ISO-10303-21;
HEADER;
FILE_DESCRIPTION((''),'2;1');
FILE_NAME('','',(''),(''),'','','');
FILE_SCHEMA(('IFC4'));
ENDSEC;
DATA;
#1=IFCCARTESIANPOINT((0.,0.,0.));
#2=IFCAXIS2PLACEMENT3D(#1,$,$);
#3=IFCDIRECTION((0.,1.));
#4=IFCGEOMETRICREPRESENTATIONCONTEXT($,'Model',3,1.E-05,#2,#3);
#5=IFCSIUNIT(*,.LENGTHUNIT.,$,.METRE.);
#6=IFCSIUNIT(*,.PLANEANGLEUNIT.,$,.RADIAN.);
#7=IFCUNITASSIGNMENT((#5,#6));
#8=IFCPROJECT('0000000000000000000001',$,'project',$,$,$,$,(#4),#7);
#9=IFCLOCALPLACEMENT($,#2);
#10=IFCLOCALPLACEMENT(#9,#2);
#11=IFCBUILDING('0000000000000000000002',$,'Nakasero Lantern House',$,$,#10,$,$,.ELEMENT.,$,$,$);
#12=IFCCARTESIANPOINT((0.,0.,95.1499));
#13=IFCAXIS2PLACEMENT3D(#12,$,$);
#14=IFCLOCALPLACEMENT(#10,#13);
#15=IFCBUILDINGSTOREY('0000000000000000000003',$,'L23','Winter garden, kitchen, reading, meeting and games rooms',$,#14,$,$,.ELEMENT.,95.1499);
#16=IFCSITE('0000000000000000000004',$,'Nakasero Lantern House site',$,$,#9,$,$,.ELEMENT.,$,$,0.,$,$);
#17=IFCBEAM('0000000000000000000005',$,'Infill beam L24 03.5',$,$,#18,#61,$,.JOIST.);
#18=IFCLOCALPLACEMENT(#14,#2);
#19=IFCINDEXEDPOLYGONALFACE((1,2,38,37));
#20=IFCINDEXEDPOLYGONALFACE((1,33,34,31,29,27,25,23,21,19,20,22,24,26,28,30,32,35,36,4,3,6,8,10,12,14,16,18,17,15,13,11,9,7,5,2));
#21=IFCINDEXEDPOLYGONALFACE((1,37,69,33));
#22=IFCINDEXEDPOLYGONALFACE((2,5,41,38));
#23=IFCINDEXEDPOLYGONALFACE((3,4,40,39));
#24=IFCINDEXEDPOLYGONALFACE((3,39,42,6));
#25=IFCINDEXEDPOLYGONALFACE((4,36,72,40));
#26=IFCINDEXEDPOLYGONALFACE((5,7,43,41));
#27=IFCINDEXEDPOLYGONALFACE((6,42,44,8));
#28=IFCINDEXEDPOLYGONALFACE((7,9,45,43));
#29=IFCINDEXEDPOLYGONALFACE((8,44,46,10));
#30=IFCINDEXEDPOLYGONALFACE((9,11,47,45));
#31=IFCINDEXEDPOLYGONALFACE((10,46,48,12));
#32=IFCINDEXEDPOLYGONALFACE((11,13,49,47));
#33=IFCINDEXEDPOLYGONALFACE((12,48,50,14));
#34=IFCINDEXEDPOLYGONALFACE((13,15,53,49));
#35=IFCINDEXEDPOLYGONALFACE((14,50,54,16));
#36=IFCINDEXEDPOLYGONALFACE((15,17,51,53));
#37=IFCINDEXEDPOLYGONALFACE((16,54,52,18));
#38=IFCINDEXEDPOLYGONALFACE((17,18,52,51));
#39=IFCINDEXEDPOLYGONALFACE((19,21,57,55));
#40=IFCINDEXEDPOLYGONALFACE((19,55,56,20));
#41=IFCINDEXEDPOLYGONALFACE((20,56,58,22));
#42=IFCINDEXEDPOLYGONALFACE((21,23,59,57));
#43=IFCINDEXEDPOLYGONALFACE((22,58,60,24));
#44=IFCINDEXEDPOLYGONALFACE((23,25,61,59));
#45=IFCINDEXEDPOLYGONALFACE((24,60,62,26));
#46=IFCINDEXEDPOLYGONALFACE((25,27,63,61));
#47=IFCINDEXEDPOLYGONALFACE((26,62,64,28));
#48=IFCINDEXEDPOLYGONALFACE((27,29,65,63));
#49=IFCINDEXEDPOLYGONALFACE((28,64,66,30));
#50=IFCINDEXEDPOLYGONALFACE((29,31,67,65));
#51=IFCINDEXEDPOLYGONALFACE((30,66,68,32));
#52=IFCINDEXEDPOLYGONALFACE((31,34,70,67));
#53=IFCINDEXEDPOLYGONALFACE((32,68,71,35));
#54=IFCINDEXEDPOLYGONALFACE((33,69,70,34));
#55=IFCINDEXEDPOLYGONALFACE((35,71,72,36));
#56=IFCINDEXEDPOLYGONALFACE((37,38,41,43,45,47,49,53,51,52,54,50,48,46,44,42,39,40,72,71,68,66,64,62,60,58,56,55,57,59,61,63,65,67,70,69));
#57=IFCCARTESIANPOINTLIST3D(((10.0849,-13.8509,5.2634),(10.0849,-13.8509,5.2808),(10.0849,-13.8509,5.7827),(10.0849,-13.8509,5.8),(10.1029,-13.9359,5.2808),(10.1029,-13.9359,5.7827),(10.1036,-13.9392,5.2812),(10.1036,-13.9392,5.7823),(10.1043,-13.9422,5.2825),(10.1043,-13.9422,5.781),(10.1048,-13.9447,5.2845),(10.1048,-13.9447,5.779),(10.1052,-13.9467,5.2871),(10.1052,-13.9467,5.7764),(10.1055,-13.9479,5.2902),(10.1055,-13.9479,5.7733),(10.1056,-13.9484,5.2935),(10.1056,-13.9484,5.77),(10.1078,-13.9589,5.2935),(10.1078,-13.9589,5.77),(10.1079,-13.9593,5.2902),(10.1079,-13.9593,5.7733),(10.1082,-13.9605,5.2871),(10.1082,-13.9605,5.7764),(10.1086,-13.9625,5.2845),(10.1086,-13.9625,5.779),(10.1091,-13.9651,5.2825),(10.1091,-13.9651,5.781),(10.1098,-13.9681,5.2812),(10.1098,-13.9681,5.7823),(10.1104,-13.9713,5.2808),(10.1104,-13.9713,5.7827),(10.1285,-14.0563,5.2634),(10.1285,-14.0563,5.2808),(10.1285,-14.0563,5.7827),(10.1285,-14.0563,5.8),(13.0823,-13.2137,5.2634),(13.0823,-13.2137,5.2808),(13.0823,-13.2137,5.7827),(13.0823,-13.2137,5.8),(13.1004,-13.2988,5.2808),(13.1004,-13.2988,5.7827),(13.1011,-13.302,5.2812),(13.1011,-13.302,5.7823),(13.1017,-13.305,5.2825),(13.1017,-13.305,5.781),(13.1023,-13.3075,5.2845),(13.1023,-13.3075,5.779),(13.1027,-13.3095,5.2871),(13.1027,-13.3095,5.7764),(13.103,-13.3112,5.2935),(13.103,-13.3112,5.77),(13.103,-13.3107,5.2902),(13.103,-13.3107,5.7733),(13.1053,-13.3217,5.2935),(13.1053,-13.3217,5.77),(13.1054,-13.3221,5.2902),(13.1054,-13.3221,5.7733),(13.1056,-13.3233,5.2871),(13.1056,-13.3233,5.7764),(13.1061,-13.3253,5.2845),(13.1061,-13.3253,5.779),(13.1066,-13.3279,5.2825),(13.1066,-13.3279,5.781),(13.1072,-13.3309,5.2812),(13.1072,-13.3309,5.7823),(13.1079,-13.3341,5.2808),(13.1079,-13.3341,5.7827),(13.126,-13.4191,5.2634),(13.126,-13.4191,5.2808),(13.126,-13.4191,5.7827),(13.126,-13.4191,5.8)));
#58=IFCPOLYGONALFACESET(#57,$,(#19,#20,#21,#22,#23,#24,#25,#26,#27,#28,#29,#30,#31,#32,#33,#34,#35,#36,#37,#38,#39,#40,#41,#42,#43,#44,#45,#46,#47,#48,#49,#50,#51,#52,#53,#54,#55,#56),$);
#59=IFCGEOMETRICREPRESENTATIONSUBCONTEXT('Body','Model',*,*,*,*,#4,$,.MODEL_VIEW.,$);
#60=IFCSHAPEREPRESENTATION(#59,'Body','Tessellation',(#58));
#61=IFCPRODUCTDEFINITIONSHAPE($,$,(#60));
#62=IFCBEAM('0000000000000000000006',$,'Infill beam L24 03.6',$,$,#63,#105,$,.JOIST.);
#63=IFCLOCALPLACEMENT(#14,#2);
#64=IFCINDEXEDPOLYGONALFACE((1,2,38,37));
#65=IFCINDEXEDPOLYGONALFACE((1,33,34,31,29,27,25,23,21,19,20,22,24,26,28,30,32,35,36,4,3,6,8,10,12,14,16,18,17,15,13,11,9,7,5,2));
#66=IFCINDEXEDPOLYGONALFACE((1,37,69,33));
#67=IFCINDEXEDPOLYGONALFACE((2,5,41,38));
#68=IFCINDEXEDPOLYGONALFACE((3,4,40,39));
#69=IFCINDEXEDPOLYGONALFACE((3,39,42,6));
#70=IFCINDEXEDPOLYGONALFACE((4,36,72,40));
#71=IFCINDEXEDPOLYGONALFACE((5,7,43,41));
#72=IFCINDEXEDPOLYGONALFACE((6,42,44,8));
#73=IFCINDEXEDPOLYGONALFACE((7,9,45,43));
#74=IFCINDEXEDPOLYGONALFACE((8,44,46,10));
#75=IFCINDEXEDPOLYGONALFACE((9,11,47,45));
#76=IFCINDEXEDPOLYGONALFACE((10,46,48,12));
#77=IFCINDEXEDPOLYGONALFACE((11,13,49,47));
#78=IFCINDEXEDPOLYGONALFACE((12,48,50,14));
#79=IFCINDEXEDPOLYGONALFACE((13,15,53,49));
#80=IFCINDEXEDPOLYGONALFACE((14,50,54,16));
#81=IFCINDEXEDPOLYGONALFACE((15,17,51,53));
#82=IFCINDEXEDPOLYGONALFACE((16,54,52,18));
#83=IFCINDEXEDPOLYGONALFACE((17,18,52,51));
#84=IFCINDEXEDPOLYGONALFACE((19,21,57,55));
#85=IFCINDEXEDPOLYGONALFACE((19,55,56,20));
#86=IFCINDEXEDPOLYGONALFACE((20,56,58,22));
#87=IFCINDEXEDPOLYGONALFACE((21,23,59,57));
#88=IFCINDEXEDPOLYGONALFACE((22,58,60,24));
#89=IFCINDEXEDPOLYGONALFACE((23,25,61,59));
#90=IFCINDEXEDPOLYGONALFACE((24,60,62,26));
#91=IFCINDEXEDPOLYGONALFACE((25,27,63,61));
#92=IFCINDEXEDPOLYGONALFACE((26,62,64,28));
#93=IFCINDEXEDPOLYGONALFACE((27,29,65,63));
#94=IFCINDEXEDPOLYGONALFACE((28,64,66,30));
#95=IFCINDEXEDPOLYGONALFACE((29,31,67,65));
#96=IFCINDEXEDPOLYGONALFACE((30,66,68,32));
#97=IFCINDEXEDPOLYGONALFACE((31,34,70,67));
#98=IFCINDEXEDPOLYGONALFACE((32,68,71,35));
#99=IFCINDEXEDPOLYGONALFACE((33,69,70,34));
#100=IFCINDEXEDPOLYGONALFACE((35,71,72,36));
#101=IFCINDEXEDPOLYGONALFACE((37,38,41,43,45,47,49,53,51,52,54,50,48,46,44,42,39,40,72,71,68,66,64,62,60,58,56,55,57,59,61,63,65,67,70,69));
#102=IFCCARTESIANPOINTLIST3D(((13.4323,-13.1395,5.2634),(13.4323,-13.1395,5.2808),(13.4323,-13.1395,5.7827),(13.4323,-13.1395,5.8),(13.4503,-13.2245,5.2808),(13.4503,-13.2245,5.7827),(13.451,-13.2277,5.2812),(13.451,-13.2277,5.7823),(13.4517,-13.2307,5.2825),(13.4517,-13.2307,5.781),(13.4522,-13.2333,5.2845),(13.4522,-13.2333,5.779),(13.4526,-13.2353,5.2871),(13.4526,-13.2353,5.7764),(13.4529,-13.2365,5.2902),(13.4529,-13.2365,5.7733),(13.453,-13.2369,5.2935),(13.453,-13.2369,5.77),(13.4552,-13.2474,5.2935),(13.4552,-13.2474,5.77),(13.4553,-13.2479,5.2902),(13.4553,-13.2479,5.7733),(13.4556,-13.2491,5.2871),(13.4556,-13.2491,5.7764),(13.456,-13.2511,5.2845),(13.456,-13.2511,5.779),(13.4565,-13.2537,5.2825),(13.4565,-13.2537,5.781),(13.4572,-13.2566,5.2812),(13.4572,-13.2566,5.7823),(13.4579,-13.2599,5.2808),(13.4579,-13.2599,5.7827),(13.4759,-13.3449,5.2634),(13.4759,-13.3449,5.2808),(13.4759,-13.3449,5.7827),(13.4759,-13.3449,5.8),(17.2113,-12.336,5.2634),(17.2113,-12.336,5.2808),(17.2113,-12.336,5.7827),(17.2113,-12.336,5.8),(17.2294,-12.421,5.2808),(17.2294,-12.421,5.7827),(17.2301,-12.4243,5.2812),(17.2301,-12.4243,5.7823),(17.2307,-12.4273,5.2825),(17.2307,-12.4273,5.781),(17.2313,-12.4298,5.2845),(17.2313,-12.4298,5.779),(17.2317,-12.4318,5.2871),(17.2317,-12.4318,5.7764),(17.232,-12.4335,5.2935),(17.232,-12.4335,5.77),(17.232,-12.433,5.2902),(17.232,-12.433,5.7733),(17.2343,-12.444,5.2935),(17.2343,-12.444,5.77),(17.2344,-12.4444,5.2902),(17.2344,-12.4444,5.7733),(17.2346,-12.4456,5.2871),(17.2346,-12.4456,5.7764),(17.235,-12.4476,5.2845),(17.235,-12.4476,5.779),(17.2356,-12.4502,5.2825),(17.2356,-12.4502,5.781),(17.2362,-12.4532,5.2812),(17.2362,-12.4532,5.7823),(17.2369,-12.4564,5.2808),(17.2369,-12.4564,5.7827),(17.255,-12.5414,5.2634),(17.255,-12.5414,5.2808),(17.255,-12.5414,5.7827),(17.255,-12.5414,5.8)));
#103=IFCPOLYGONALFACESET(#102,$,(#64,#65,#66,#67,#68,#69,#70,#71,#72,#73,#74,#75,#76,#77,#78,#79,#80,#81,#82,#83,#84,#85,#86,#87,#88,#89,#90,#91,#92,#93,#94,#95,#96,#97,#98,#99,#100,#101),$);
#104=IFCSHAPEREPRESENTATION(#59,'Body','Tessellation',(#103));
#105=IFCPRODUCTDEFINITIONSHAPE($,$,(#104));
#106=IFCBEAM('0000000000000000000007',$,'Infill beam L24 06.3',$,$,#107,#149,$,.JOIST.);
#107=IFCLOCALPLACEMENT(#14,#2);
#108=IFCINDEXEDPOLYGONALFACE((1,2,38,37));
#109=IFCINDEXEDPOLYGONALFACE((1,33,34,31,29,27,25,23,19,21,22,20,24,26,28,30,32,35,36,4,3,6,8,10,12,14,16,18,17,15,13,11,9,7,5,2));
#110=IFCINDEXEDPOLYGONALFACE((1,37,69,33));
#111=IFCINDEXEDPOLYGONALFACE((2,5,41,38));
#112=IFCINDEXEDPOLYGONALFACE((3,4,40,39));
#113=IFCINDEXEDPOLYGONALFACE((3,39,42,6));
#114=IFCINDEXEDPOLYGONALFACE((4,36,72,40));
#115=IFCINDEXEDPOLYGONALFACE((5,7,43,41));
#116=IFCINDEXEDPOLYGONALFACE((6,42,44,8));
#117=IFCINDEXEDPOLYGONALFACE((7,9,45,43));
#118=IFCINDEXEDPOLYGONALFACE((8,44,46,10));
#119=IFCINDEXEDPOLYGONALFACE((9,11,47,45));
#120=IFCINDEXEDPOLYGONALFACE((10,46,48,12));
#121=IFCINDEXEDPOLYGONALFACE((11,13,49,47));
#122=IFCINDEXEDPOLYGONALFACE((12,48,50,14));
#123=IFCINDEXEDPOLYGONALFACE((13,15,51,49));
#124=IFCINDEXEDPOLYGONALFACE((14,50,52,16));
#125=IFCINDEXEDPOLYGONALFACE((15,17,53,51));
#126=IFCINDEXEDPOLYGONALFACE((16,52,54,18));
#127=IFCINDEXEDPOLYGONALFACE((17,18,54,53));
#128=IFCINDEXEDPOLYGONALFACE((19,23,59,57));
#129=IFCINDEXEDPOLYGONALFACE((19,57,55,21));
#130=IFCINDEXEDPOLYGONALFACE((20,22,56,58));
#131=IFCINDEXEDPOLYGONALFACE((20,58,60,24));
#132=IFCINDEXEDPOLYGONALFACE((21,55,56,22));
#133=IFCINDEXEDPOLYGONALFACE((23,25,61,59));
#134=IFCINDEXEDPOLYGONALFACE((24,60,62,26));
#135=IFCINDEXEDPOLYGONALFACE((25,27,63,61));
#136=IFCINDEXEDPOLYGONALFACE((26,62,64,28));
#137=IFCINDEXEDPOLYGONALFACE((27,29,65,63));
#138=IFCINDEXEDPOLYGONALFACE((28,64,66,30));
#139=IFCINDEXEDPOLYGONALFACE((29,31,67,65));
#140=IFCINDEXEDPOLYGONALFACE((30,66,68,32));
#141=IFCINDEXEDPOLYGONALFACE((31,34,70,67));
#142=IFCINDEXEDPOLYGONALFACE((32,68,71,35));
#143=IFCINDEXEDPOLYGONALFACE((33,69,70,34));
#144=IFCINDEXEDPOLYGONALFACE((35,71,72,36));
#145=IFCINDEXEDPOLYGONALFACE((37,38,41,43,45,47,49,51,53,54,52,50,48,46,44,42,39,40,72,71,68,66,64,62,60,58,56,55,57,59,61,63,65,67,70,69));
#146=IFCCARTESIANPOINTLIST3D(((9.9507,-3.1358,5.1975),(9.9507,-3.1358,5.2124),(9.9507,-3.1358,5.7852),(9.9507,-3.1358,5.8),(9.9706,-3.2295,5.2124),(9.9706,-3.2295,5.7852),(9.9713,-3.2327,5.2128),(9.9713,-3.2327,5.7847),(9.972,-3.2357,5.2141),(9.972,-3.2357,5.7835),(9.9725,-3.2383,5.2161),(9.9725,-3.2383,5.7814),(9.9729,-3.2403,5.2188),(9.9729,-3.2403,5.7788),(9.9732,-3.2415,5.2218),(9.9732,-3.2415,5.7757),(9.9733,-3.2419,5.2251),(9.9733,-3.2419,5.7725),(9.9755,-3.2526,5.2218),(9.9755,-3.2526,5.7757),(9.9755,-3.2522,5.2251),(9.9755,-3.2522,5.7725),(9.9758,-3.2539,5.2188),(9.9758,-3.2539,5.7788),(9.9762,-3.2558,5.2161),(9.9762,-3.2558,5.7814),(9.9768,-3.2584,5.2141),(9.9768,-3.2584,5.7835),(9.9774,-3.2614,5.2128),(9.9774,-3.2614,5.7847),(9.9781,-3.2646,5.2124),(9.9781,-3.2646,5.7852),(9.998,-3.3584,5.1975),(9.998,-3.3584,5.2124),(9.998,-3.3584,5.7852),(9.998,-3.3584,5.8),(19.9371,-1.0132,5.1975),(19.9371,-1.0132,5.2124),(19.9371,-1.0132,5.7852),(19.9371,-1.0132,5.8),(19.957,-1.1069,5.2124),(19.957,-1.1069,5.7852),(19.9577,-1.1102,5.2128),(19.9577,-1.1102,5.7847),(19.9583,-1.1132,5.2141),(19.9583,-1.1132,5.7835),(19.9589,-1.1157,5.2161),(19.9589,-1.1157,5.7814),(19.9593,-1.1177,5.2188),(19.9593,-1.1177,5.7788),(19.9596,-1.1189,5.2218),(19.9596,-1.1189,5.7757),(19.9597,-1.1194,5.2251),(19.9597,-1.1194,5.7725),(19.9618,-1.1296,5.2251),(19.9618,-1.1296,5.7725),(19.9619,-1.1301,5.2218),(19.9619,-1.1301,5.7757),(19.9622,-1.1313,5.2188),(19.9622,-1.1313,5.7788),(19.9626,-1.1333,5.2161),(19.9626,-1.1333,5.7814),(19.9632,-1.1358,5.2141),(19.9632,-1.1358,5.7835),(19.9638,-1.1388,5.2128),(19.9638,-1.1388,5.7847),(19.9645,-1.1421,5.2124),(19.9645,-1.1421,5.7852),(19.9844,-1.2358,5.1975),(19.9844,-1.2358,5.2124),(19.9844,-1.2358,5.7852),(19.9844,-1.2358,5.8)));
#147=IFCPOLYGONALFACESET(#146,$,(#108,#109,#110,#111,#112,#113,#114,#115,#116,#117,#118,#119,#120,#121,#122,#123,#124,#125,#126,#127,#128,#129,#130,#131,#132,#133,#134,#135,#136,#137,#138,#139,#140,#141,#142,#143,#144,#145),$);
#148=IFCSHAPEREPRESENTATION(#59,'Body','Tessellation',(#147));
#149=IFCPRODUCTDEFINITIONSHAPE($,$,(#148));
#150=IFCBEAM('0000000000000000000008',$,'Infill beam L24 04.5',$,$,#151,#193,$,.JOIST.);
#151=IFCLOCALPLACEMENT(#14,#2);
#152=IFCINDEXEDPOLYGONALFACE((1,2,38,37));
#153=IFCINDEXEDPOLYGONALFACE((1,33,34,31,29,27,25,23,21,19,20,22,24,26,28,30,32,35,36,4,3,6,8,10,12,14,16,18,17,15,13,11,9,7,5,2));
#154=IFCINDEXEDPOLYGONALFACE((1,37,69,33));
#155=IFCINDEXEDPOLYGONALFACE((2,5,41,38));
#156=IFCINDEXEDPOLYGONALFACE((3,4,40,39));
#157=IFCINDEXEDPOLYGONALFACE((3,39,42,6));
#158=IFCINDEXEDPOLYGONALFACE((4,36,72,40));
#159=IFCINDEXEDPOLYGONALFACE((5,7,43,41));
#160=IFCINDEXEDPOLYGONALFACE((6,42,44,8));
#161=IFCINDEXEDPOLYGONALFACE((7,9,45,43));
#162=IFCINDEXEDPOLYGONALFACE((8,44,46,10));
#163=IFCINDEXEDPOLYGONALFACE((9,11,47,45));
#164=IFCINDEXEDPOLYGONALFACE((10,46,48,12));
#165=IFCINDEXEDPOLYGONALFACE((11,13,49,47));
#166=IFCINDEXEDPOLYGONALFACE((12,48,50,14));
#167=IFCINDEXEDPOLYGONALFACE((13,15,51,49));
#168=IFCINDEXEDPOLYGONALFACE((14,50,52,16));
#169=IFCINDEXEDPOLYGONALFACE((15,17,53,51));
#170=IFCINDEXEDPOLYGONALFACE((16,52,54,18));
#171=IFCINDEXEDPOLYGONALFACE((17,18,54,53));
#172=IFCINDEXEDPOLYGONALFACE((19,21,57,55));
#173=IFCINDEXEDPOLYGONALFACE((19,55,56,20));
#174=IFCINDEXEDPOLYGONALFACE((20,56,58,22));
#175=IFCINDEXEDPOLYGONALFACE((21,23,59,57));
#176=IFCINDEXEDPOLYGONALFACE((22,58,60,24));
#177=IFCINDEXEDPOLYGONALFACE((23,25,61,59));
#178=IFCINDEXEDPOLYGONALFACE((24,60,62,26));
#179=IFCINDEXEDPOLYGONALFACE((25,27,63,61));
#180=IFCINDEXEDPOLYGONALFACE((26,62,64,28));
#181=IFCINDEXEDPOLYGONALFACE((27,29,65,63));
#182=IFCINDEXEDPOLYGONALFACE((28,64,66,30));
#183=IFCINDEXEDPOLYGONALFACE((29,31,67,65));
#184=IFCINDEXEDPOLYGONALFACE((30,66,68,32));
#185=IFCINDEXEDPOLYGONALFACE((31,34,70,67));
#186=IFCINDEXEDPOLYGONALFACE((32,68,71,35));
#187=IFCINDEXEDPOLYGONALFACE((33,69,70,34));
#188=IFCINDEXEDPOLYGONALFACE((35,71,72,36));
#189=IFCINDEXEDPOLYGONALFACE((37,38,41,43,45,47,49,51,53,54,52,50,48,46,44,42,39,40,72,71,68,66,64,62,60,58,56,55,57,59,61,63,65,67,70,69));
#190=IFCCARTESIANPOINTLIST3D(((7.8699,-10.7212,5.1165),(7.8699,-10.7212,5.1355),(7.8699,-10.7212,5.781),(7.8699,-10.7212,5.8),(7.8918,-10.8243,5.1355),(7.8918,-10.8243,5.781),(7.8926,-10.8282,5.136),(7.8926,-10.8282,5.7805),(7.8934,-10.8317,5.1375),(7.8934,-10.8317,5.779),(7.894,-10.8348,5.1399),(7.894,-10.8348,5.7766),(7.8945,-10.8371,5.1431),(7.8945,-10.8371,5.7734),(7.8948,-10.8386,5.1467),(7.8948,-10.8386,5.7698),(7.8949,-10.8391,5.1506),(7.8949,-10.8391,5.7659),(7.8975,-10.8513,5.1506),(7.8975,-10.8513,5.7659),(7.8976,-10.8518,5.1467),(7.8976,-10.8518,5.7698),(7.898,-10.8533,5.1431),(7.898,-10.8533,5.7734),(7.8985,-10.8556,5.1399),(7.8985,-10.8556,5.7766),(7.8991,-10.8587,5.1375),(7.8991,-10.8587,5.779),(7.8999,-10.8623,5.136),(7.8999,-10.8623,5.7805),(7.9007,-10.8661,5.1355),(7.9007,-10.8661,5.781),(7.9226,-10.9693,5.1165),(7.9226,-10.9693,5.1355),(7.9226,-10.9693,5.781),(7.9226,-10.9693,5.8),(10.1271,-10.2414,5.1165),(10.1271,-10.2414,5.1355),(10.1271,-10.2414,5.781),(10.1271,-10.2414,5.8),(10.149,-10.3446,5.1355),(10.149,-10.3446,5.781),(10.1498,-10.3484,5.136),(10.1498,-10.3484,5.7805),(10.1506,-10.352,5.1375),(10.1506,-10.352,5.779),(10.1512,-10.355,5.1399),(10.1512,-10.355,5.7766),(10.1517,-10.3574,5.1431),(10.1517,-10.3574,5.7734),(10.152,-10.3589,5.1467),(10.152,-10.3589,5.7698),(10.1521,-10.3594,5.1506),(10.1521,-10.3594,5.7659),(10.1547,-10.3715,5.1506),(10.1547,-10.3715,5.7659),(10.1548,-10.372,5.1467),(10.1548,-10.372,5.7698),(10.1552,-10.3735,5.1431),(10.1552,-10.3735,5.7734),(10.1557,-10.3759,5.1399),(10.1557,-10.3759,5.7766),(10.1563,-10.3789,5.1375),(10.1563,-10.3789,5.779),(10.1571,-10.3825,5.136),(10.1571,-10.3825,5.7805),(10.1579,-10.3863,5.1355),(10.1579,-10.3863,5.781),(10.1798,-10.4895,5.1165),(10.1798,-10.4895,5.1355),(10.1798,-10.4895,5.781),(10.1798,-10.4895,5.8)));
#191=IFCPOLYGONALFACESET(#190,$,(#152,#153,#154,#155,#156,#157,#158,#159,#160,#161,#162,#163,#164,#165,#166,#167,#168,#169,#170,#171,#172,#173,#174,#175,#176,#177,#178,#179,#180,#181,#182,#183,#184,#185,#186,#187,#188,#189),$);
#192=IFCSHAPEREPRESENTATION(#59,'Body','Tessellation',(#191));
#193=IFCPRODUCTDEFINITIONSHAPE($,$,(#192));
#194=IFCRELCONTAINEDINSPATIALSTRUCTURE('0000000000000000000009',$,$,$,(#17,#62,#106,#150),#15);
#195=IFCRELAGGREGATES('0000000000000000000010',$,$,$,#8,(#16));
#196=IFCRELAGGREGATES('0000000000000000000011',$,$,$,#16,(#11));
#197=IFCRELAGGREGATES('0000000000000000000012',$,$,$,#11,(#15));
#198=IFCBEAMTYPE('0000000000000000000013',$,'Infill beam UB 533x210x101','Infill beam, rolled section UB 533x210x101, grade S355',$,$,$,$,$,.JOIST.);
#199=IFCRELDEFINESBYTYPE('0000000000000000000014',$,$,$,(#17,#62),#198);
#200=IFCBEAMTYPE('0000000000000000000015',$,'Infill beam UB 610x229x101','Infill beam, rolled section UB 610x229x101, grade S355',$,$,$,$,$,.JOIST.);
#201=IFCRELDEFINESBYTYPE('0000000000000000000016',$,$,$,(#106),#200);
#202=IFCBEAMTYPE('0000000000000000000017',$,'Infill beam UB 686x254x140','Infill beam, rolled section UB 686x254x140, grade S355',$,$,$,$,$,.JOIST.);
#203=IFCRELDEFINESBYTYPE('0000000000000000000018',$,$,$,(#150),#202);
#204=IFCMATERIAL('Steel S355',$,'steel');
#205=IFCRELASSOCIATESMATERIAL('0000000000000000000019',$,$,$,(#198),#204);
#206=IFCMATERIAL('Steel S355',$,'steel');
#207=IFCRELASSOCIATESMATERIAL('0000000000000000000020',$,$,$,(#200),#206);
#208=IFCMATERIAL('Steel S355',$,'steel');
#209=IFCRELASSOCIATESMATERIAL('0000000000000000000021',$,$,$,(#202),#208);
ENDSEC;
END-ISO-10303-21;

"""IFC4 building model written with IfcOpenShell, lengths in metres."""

from ifc_helpers import new_model, si_unit, direction, frame, origin, origin_2d, place, context, subcontext, project, spatial, i_section, extrude, material, material_profile, profile_set, type_object, element, save


model = new_model("IFC4")

# Units and contexts
model_context = context("Model", 3, precision=1e-05, world=origin(), true_north=direction((0.0, 1.0)))
body_context = subcontext(model_context, "Body", "Model", "MODEL_VIEW")
ifc_project = project(units=[si_unit("LENGTHUNIT", "METRE"), si_unit("PLANEANGLEUNIT", "RADIAN")], contexts=[model_context])

# Site, building, storey
site_placement = place(None, origin())
site = spatial("IfcSite", under=ifc_project, at=site_placement, Name="Nakasero Lantern House site", CompositionType="ELEMENT", RefElevation=0.0)
building_placement = place(site_placement, origin())
building = spatial("IfcBuilding", under=site, at=building_placement, Name="Nakasero Lantern House", CompositionType="ELEMENT")
storey_placement = place(building_placement, frame((0.0, 0.0, 95.1499)))
storey = spatial("IfcBuildingStorey", under=building, at=storey_placement, Name="L23", Description="Winter garden, kitchen, reading, meeting and games rooms", CompositionType="ELEMENT", Elevation=95.1499)

# Beams
ifc_material_1 = material(Name="Steel S355", Category="steel")
ifc_material_profile_1 = material_profile(ifc_material_1, i_section(OverallWidth=0.21, OverallDepth=0.5366, WebThickness=0.0107, FlangeThickness=0.0173, FilletRadius=0.0127, at=origin_2d()), Name="UB 533x210x101")
ifc_profile_set_1 = profile_set([ifc_material_profile_1], Name="Steel S355")
beam_type_1 = type_object("IfcBeamType", Name="Infill beam UB 533x210x101", Description="Infill beam, rolled section UB 533x210x101, grade S355", PredefinedType="JOIST", material=ifc_profile_set_1)
beam_1_placement = place(storey_placement, frame((10.1067, -13.9536, 5.5317), z_axis=(0.978144, 0.207929, 0.0), x_axis=(-0.207929, 0.978144, 0.0)))
element("IfcBeam", 1, at=beam_1_placement, inside=storey, type_object=beam_type_1, Name="Infill beam L24 03.5", PredefinedType="JOIST", context=body_context, shape_type="SweptSolid", body=[
    extrude(i_section(OverallWidth=0.21, OverallDepth=0.5366, WebThickness=0.0107, FlangeThickness=0.0173, FilletRadius=0.0127, at=origin_2d()), origin(), (0.0, 0.0, 1.0), 3.0645),
])
beam_2_placement = place(storey_placement, frame((13.4541, -13.2422, 5.5317), z_axis=(0.978137, 0.207962, 0.0), x_axis=(-0.207962, 0.978137, 0.0)))
element("IfcBeam", 2, at=beam_2_placement, inside=storey, type_object=beam_type_1, Name="Infill beam L24 03.6", PredefinedType="JOIST", context=body_context, shape_type="SweptSolid", body=[
    extrude(i_section(OverallWidth=0.21, OverallDepth=0.5366, WebThickness=0.0107, FlangeThickness=0.0173, FilletRadius=0.0127, at=origin_2d()), origin(), (0.0, 0.0, 1.0), 3.8635),
])
ifc_material_2 = material(Name="Steel S355", Category="steel")
ifc_material_profile_2 = material_profile(ifc_material_2, i_section(OverallWidth=0.2275, OverallDepth=0.6025, WebThickness=0.0105, FlangeThickness=0.0149, FilletRadius=0.0127, at=origin_2d()), Name="UB 610x229x101")
ifc_profile_set_2 = profile_set([ifc_material_profile_2], Name="Steel S355")
beam_type_2 = type_object("IfcBeamType", Name="Infill beam UB 610x229x101", Description="Infill beam, rolled section UB 610x229x101, grade S355", PredefinedType="JOIST", material=ifc_profile_set_2)
beam_3_placement = place(storey_placement, frame((9.9744, -3.2471, 5.4988), z_axis=(0.97815, 0.207902, 0.0), x_axis=(-0.207902, 0.97815, 0.0)))
element("IfcBeam", 3, at=beam_3_placement, inside=storey, type_object=beam_type_2, Name="Infill beam L24 06.3", PredefinedType="JOIST", context=body_context, shape_type="SweptSolid", body=[
    extrude(i_section(OverallWidth=0.2275, OverallDepth=0.6025, WebThickness=0.0105, FlangeThickness=0.0149, FilletRadius=0.0127, at=origin_2d()), origin(), (0.0, 0.0, 1.0), 10.2095),
])
ifc_material_3 = material(Name="Steel S355", Category="steel")
ifc_material_profile_3 = material_profile(ifc_material_3, i_section(OverallWidth=0.2537, OverallDepth=0.6836, WebThickness=0.0125, FlangeThickness=0.019, FilletRadius=0.0151, at=origin_2d()), Name="UB 686x254x140")
ifc_profile_set_3 = profile_set([ifc_material_profile_3], Name="Steel S355")
beam_type_3 = type_object("IfcBeamType", Name="Infill beam UB 686x254x140", Description="Infill beam, rolled section UB 686x254x140, grade S355", PredefinedType="JOIST", material=ifc_profile_set_3)
beam_4_placement = place(storey_placement, frame((7.8962, -10.8452, 5.4583), z_axis=(0.978149, 0.207903, 0.0), x_axis=(-0.207903, 0.978149, 0.0)))
element("IfcBeam", 4, at=beam_4_placement, inside=storey, type_object=beam_type_3, Name="Infill beam L24 04.5", PredefinedType="JOIST", context=body_context, shape_type="SweptSolid", body=[
    extrude(i_section(OverallWidth=0.2537, OverallDepth=0.6836, WebThickness=0.0125, FlangeThickness=0.019, FilletRadius=0.0151, at=origin_2d()), origin(), (0.0, 0.0, 1.0), 2.3076),
])

save(model, "model.ifc")
